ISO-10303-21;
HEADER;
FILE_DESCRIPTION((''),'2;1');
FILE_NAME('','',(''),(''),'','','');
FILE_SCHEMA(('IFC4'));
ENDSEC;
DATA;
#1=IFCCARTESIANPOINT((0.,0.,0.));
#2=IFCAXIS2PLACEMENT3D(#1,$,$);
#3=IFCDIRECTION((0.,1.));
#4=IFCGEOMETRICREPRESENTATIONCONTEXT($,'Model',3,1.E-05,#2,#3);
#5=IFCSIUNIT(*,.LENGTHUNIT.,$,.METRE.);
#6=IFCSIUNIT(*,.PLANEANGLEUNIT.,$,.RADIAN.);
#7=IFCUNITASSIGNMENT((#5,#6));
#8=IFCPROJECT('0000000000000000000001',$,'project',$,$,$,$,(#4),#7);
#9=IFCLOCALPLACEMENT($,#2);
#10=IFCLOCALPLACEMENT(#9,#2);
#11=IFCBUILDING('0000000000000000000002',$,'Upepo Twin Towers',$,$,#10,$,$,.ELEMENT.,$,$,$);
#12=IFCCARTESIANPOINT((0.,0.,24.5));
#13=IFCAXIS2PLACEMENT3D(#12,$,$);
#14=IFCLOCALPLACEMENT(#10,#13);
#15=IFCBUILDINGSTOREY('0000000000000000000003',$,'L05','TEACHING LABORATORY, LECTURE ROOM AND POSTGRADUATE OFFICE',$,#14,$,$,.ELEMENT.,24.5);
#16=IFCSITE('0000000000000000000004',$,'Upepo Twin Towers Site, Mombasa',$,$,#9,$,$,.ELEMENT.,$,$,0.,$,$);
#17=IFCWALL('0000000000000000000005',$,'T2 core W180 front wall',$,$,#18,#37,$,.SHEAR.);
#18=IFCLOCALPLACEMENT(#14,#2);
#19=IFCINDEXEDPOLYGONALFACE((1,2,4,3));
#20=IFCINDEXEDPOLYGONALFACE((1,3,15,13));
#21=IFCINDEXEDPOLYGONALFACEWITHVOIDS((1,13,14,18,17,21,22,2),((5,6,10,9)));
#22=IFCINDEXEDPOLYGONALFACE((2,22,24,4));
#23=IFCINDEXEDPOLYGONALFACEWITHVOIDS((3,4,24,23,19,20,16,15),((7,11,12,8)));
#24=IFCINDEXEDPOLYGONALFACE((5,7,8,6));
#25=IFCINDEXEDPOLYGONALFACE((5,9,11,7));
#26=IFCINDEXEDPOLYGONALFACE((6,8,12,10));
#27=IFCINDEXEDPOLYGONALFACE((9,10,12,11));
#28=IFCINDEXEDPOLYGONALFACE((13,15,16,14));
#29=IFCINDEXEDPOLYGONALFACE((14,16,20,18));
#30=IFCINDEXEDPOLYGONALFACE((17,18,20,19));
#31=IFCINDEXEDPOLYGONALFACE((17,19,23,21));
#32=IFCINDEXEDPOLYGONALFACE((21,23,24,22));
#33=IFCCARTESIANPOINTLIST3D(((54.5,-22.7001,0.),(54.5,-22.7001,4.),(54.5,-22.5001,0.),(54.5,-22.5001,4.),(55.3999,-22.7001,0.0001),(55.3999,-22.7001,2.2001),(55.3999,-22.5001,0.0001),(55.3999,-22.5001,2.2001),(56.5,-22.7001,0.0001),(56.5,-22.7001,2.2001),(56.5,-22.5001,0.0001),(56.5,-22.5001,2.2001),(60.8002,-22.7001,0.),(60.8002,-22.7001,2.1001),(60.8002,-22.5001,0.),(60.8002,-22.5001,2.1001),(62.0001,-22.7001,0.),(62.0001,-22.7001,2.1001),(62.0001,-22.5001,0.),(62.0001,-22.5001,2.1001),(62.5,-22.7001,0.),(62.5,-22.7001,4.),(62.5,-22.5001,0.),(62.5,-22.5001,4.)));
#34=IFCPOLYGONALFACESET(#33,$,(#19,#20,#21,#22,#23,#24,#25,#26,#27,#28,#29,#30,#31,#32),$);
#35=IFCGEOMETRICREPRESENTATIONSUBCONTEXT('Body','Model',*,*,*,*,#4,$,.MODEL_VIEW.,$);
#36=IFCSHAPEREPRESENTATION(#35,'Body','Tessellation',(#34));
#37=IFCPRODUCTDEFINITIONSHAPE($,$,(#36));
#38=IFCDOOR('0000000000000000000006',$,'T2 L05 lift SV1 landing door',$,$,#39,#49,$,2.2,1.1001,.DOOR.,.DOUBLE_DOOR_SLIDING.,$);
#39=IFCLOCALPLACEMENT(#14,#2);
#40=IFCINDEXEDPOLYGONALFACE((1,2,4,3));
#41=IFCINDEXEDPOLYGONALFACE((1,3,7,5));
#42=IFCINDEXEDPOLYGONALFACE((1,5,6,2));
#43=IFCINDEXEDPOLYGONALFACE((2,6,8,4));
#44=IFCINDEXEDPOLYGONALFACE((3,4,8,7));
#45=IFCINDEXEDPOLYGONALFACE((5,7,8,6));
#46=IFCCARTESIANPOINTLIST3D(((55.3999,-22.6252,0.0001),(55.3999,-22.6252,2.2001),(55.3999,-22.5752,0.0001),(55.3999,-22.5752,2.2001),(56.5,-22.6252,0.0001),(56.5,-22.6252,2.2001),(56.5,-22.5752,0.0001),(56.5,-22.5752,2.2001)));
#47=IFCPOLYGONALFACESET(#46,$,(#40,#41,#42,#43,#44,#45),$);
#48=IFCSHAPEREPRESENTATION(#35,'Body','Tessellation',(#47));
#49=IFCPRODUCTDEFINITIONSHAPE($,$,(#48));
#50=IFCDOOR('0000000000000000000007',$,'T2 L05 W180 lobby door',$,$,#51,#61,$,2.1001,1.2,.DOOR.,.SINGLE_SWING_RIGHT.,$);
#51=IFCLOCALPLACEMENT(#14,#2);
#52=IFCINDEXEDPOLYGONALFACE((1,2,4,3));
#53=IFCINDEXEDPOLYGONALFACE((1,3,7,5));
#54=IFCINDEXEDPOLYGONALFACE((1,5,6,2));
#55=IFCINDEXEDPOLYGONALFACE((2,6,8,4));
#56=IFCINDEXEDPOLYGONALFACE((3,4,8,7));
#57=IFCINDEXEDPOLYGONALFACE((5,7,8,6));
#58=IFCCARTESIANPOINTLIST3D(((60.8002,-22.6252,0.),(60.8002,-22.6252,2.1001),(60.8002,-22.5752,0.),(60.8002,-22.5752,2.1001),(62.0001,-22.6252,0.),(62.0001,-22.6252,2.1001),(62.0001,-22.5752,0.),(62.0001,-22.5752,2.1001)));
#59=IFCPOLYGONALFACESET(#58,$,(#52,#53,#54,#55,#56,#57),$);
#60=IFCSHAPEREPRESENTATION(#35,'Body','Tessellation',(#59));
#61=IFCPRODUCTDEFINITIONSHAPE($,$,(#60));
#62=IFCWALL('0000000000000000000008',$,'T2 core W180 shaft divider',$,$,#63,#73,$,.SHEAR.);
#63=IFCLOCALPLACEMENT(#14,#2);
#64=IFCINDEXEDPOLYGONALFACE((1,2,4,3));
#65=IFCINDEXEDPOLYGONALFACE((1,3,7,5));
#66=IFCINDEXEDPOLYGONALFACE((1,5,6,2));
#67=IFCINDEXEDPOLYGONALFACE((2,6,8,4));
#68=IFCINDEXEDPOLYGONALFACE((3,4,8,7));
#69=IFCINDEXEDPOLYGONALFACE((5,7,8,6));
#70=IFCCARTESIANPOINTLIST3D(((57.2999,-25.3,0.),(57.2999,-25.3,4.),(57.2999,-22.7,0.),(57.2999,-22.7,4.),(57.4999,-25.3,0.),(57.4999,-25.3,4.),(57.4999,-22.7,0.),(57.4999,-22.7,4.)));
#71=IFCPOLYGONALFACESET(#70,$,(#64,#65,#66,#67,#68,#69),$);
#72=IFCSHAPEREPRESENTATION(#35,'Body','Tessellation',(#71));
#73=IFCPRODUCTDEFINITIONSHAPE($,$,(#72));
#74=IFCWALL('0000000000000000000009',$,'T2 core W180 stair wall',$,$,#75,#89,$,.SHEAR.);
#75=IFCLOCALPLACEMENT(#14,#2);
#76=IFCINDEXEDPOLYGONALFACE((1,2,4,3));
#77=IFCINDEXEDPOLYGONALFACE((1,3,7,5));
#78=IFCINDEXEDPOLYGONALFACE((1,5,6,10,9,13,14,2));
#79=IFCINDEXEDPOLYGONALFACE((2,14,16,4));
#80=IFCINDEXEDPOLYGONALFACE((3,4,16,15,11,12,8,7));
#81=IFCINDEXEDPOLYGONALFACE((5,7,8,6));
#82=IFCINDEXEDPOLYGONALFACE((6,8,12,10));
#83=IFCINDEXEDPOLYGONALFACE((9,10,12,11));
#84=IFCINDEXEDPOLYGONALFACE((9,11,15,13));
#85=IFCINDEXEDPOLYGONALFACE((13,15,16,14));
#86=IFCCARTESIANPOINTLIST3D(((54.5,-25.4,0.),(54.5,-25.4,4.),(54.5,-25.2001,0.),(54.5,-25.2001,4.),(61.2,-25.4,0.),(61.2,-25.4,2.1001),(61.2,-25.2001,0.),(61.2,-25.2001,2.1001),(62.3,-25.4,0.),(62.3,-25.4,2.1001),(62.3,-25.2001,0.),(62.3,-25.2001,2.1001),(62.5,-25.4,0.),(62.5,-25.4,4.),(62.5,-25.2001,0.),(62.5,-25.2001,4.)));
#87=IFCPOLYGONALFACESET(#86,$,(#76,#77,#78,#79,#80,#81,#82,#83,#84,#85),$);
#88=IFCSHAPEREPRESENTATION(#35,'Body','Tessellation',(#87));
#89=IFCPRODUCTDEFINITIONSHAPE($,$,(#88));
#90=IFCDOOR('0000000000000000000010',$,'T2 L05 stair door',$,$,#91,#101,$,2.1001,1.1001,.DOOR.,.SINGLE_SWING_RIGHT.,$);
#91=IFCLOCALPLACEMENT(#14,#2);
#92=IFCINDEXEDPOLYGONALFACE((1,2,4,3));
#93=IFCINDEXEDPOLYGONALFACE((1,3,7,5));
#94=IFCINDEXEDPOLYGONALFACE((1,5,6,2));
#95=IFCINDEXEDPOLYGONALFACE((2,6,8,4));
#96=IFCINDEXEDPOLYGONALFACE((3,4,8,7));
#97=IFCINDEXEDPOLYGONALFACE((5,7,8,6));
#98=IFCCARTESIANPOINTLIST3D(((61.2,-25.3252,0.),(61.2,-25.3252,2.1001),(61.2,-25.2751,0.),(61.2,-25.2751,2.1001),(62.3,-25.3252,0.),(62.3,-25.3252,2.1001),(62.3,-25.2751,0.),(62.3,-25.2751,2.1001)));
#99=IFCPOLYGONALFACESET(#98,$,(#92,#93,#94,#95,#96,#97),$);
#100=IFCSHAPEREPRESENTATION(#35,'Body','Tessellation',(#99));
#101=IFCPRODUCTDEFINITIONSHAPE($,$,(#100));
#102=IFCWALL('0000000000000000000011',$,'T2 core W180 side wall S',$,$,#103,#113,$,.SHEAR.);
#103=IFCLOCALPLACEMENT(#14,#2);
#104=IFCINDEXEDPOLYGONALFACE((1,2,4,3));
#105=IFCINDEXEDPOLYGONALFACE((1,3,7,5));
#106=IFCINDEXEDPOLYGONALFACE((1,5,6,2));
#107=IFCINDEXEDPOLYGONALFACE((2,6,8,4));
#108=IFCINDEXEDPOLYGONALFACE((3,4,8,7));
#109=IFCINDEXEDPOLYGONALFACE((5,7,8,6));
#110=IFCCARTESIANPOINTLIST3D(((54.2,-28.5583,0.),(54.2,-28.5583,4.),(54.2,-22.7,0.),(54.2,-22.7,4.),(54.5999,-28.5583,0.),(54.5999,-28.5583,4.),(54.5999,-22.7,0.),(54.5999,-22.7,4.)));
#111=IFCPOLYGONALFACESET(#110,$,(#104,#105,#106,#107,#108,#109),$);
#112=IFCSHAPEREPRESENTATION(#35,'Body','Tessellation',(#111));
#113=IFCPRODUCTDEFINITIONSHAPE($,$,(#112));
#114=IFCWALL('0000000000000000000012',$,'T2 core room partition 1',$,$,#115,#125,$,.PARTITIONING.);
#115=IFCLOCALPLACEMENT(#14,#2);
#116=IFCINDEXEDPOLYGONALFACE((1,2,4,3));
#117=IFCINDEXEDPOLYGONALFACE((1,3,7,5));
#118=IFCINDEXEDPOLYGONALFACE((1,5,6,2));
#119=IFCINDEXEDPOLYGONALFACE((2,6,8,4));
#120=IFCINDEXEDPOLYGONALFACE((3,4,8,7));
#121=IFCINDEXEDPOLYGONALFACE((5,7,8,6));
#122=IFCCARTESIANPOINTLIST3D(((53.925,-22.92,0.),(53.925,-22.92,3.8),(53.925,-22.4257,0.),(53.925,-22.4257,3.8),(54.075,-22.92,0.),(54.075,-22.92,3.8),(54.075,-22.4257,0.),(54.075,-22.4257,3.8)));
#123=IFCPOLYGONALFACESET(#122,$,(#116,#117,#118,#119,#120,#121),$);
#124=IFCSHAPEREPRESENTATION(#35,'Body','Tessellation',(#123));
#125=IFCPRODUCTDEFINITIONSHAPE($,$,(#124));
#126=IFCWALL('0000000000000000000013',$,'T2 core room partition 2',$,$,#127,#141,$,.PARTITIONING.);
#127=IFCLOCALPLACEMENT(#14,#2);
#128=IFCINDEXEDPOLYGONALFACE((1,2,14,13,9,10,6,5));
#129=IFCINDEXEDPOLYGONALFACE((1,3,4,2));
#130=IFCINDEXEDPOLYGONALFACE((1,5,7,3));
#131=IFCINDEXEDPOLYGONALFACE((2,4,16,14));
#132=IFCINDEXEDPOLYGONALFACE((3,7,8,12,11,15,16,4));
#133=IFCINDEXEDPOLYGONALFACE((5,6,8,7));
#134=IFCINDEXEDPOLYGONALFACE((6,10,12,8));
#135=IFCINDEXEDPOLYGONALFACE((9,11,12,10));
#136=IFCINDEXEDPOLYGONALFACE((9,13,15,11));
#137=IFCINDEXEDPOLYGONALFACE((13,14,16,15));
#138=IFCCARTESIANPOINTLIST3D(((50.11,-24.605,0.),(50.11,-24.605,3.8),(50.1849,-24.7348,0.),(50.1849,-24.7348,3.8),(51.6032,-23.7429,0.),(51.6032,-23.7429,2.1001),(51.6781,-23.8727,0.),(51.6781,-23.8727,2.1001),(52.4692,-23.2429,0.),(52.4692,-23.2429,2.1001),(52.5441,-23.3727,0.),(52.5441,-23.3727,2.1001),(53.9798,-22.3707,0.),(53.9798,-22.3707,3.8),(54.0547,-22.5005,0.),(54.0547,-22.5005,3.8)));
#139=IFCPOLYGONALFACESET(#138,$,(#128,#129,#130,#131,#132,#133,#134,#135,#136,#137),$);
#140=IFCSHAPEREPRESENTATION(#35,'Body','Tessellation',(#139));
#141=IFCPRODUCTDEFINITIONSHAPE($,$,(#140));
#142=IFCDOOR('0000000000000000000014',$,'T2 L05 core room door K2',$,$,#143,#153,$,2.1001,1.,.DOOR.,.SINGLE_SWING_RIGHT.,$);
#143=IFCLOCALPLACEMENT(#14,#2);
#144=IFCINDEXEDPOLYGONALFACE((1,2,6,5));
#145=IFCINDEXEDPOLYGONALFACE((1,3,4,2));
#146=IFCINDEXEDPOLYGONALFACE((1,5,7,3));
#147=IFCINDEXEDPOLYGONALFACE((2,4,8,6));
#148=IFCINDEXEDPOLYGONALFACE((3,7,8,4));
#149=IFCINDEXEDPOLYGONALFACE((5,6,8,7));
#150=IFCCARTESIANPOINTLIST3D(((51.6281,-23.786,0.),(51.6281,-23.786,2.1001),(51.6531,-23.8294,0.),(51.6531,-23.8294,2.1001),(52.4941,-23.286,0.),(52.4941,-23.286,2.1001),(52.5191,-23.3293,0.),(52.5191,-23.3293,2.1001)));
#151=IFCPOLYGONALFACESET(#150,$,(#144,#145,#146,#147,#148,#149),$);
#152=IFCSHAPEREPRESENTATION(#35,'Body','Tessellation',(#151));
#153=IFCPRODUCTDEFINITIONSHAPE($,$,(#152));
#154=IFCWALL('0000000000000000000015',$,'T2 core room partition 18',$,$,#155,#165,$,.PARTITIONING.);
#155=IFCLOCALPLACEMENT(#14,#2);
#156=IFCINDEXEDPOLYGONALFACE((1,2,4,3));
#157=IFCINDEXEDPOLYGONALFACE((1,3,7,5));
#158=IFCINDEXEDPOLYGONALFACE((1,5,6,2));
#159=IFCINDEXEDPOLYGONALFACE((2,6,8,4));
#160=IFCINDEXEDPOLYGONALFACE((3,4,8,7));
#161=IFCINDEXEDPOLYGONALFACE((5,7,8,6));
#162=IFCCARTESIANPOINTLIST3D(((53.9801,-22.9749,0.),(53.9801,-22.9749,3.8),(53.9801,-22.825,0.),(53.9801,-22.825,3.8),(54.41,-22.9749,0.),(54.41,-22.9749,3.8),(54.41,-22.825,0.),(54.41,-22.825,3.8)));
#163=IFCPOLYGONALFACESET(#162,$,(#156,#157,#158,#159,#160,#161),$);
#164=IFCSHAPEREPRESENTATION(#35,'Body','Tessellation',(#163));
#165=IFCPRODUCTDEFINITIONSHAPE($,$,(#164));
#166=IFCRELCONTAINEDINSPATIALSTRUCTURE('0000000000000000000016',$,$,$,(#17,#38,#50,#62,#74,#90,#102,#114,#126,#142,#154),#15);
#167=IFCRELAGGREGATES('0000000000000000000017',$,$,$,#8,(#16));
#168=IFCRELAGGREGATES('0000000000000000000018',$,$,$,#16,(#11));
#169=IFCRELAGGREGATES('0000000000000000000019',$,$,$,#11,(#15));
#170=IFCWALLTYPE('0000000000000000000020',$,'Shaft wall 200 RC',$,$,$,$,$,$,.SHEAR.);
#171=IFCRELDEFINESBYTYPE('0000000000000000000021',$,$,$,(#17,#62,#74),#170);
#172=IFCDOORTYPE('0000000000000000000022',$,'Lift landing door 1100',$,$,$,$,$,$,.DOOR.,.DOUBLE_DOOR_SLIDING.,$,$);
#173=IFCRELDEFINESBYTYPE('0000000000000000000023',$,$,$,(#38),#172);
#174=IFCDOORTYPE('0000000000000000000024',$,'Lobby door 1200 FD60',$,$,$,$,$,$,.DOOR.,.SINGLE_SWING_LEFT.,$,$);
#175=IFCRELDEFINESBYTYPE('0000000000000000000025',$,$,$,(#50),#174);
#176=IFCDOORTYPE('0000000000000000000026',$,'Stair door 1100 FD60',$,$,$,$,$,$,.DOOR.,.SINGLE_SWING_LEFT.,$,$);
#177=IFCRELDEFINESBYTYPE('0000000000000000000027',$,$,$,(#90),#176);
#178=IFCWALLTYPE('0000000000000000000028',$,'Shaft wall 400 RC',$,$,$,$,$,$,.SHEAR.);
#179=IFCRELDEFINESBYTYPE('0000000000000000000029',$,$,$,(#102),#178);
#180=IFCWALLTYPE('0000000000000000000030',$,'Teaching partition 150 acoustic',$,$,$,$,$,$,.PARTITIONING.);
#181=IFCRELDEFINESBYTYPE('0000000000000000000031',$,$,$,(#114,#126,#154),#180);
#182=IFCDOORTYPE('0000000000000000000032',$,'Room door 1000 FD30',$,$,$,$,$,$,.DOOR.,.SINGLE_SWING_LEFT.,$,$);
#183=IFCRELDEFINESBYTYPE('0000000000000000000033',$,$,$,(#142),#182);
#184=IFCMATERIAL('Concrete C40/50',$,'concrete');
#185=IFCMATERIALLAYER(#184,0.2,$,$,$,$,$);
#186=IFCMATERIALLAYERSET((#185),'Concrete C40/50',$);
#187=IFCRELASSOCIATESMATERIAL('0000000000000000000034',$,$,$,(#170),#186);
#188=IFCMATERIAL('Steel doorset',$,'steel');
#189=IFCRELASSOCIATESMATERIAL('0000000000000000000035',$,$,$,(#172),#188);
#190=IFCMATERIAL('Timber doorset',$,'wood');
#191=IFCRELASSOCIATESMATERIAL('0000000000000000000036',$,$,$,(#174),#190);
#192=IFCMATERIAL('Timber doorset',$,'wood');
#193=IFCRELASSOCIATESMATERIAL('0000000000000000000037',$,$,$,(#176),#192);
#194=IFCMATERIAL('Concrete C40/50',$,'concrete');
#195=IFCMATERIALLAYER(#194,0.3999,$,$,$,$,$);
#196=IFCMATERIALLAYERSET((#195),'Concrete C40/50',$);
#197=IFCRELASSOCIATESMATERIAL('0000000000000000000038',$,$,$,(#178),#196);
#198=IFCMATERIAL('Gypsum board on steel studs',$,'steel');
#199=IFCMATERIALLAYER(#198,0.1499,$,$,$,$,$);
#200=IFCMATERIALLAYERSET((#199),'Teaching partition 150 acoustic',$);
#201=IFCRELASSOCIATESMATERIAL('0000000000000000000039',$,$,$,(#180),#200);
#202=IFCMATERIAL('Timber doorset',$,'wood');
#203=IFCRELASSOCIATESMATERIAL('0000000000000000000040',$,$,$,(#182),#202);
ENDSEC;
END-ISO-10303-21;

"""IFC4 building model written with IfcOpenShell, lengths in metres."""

from ifc_helpers import new_model, si_unit, direction, frame, frame_2d, origin, place, context, subcontext, project, spatial, rectangle, extrude, material, layer, layer_set, type_object, element, fill, save


model = new_model("IFC4")

# Units and contexts
model_context = context("Model", 3, precision=1e-05, world=origin(), true_north=direction((0.0, 1.0)))
body_context = subcontext(model_context, "Body", "Model", "MODEL_VIEW")
ifc_project = project(units=[si_unit("LENGTHUNIT", "METRE"), si_unit("PLANEANGLEUNIT", "RADIAN")], contexts=[model_context])

# Site, building, storey
site_placement = place(None, origin())
site = spatial("IfcSite", under=ifc_project, at=site_placement, Name="Upepo Twin Towers Site, Mombasa", CompositionType="ELEMENT", RefElevation=0.0)
building_placement = place(site_placement, origin())
building = spatial("IfcBuilding", under=site, at=building_placement, Name="Upepo Twin Towers", CompositionType="ELEMENT")
storey_placement = place(building_placement, frame((0.0, 0.0, 24.5)))
storey = spatial("IfcBuildingStorey", under=building, at=storey_placement, Name="L05", Description="TEACHING LABORATORY, LECTURE ROOM AND POSTGRADUATE OFFICE", CompositionType="ELEMENT", Elevation=24.5)

# Wall, openings, doors
ifc_material_1 = material(Name="Concrete C40/50", Category="concrete")
ifc_layer_1 = layer(ifc_material_1, 0.2)
ifc_layer_set_1 = layer_set([ifc_layer_1], Name="Concrete C40/50")
wall_type_1 = type_object("IfcWallType", Name="Shaft wall 200 RC", PredefinedType="SHEAR", material=ifc_layer_set_1)
wall_1_placement = place(storey_placement, frame((54.5, -22.6001, 0.0), z_axis=(0.0, 0.0, 1.0), x_axis=(1.0, 0.0, 0.0)))
wall_1 = element("IfcWall", 1, at=wall_1_placement, inside=storey, type_object=wall_type_1, Name="T2 core W180 front wall", PredefinedType="SHEAR", context=body_context, shape_type="SweptSolid", body=[
    extrude(rectangle(XDim=8.0, YDim=0.2, at=frame_2d((4.0, 0.0))), origin(), (0.0, 0.0, 1.0), 4.0),
])
opening_1_placement = place(wall_1_placement, frame((6.3, 0.0, 0.0)))
opening_1 = element("IfcOpeningElement", 2, at=opening_1_placement, cuts=wall_1, PredefinedType="OPENING", context=body_context, shape_type="SweptSolid", body=[
    extrude(rectangle(XDim=1.2, YDim=2.1001, at=frame_2d((0.6001, 1.05))), frame((0.0, 0.1099, 0.0), z_axis=(0.0, -1.0, 0.0), x_axis=(1.0, 0.0, 0.0)), (0.0, 0.0, 1.0), 0.22),
])
opening_2_placement = place(wall_1_placement, frame((0.8999, 0.0, 0.0)))
opening_2 = element("IfcOpeningElement", 3, at=opening_2_placement, cuts=wall_1, PredefinedType="OPENING", context=body_context, shape_type="SweptSolid", body=[
    extrude(rectangle(XDim=1.1001, YDim=2.2, at=frame_2d((0.55, 1.1001))), frame((0.0, 0.1099, 0.0), z_axis=(0.0, -1.0, 0.0), x_axis=(1.0, 0.0, 0.0)), (0.0, 0.0, 1.0), 0.22),
])
ifc_material_2 = material(Name="Steel doorset", Category="steel")
door_type_1 = type_object("IfcDoorType", Name="Lift landing door 1100", OperationType="DOUBLE_DOOR_SLIDING", PredefinedType="DOOR", material=ifc_material_2)
door_1_placement = place(opening_2_placement, origin())
door_1 = element("IfcDoor", 4, at=door_1_placement, inside=storey, type_object=door_type_1, Name="T2 L05 lift SV1 landing door", OperationType="DOUBLE_DOOR_SLIDING", OverallHeight=2.2, OverallWidth=1.1001, PredefinedType="DOOR", context=body_context, shape_type="SweptSolid", body=[
    extrude(rectangle(XDim=1.1001, YDim=2.2, at=frame_2d((0.55, 1.1001))), frame((0.0, 0.0249, 0.0), z_axis=(0.0, -1.0, 0.0), x_axis=(1.0, 0.0, 0.0)), (0.0, 0.0, 1.0), 0.05),
])
fill(opening_2, door_1)
ifc_material_3 = material(Name="Timber doorset", Category="wood")
door_type_2 = type_object("IfcDoorType", Name="Lobby door 1200 FD60", OperationType="SINGLE_SWING_LEFT", PredefinedType="DOOR", material=ifc_material_3)
door_2_placement = place(opening_1_placement, origin())
door_2 = element("IfcDoor", 5, at=door_2_placement, inside=storey, type_object=door_type_2, Name="T2 L05 W180 lobby door", OperationType="SINGLE_SWING_RIGHT", OverallHeight=2.1001, OverallWidth=1.2, PredefinedType="DOOR", context=body_context, shape_type="SweptSolid", body=[
    extrude(rectangle(XDim=1.2, YDim=2.1001, at=frame_2d((0.6001, 1.05))), frame((0.0, 0.0249, 0.0), z_axis=(0.0, -1.0, 0.0), x_axis=(1.0, 0.0, 0.0)), (0.0, 0.0, 1.0), 0.05),
])
fill(opening_1, door_2)

# Wall
wall_2_placement = place(storey_placement, frame((57.3999, -22.7, 0.0), z_axis=(0.0, 0.0, 1.0), x_axis=(0.0, -1.0, 0.0)))
element("IfcWall", 6, at=wall_2_placement, inside=storey, type_object=wall_type_1, Name="T2 core W180 shaft divider", PredefinedType="SHEAR", context=body_context, shape_type="SweptSolid", body=[
    extrude(rectangle(XDim=2.6001, YDim=0.2, at=frame_2d((1.3, 0.0))), origin(), (0.0, 0.0, 1.0), 4.0),
])

# Wall, opening, door
wall_3_placement = place(storey_placement, frame((54.5, -25.3, 0.0), z_axis=(0.0, 0.0, 1.0), x_axis=(1.0, 0.0, 0.0)))
wall_3 = element("IfcWall", 7, at=wall_3_placement, inside=storey, type_object=wall_type_1, Name="T2 core W180 stair wall", PredefinedType="SHEAR", context=body_context, shape_type="SweptSolid", body=[
    extrude(rectangle(XDim=8.0, YDim=0.2, at=frame_2d((4.0, 0.0))), origin(), (0.0, 0.0, 1.0), 4.0),
])
opening_3_placement = place(wall_3_placement, frame((6.7, 0.0, 0.0)))
opening_3 = element("IfcOpeningElement", 8, at=opening_3_placement, cuts=wall_3, PredefinedType="OPENING", context=body_context, shape_type="SweptSolid", body=[
    extrude(rectangle(XDim=1.1001, YDim=2.1001, at=frame_2d((0.55, 1.05))), frame((0.0, 0.1099, 0.0), z_axis=(0.0, -1.0, 0.0), x_axis=(1.0, 0.0, 0.0)), (0.0, 0.0, 1.0), 0.22),
])
ifc_material_4 = material(Name="Timber doorset", Category="wood")
door_type_3 = type_object("IfcDoorType", Name="Stair door 1100 FD60", OperationType="SINGLE_SWING_LEFT", PredefinedType="DOOR", material=ifc_material_4)
door_3_placement = place(opening_3_placement, origin())
door_3 = element("IfcDoor", 9, at=door_3_placement, inside=storey, type_object=door_type_3, Name="T2 L05 stair door", OperationType="SINGLE_SWING_RIGHT", OverallHeight=2.1001, OverallWidth=1.1001, PredefinedType="DOOR", context=body_context, shape_type="SweptSolid", body=[
    extrude(rectangle(XDim=1.1001, YDim=2.1001, at=frame_2d((0.55, 1.05))), frame((0.0, 0.0249, 0.0), z_axis=(0.0, -1.0, 0.0), x_axis=(1.0, 0.0, 0.0)), (0.0, 0.0, 1.0), 0.05),
])
fill(opening_3, door_3)

# Walls
ifc_material_5 = material(Name="Concrete C40/50", Category="concrete")
ifc_layer_2 = layer(ifc_material_5, 0.3999)
ifc_layer_set_2 = layer_set([ifc_layer_2], Name="Concrete C40/50")
wall_type_2 = type_object("IfcWallType", Name="Shaft wall 400 RC", PredefinedType="SHEAR", material=ifc_layer_set_2)
wall_4_placement = place(storey_placement, frame((54.3999, -22.7, 0.0), z_axis=(0.0, 0.0, 1.0), x_axis=(0.0, -1.0, 0.0)))
element("IfcWall", 10, at=wall_4_placement, inside=storey, type_object=wall_type_2, Name="T2 core W180 side wall S", PredefinedType="SHEAR", context=body_context, shape_type="SweptSolid", body=[
    extrude(rectangle(XDim=5.8584, YDim=0.3999, at=frame_2d((2.9292, 0.0))), origin(), (0.0, 0.0, 1.0), 4.0),
])
ifc_material_6 = material(Name="Gypsum board on steel studs", Category="steel")
ifc_layer_3 = layer(ifc_material_6, 0.1499)
ifc_layer_set_3 = layer_set([ifc_layer_3], Name="Teaching partition 150 acoustic")
wall_type_3 = type_object("IfcWallType", Name="Teaching partition 150 acoustic", PredefinedType="PARTITIONING", material=ifc_layer_set_3)
wall_5_placement = place(storey_placement, frame((54.0, -22.9199, 0.0), z_axis=(0.0, 0.0, 1.0), x_axis=(0.0, 1.0, 0.0)))
element("IfcWall", 11, at=wall_5_placement, inside=storey, type_object=wall_type_3, Name="T2 core room partition 1", PredefinedType="PARTITIONING", context=body_context, shape_type="SweptSolid", body=[
    extrude(rectangle(XDim=0.4944, YDim=0.1499, at=frame_2d((0.2471, 0.0))), origin(), (0.0, 0.0, 1.0), 3.8),
])

# Wall, opening, door
wall_6_placement = place(storey_placement, frame((54.0173, -22.4355, 0.0), z_axis=(0.0, 0.0, 1.0), x_axis=(-0.866015, -0.500017, 0.0)))
wall_6 = element("IfcWall", 12, at=wall_6_placement, inside=storey, type_object=wall_type_3, Name="T2 core room partition 2", PredefinedType="PARTITIONING", context=body_context, shape_type="SweptSolid", body=[
    extrude(rectangle(XDim=4.4685, YDim=0.1499, at=frame_2d((2.2344, 0.0))), origin(), (0.0, 0.0, 1.0), 3.8),
])
opening_4_placement = place(wall_6_placement, frame((1.7444, 0.0, 0.0)))
opening_4 = element("IfcOpeningElement", 13, at=opening_4_placement, cuts=wall_6, PredefinedType="OPENING", context=body_context, shape_type="SweptSolid", body=[
    extrude(rectangle(XDim=1.0, YDim=2.1001, at=frame_2d((0.5, 1.05))), frame((0.0, 0.085, 0.0), z_axis=(0.0, -1.0, 0.0), x_axis=(1.0, 0.0, 0.0)), (0.0, 0.0, 1.0), 0.1699),
])
ifc_material_7 = material(Name="Timber doorset", Category="wood")
door_type_4 = type_object("IfcDoorType", Name="Room door 1000 FD30", OperationType="SINGLE_SWING_LEFT", PredefinedType="DOOR", material=ifc_material_7)
door_4_placement = place(opening_4_placement, origin())
door_4 = element("IfcDoor", 14, at=door_4_placement, inside=storey, type_object=door_type_4, Name="T2 L05 core room door K2", OperationType="SINGLE_SWING_RIGHT", OverallHeight=2.1001, OverallWidth=1.0, PredefinedType="DOOR", context=body_context, shape_type="SweptSolid", body=[
    extrude(rectangle(XDim=1.0, YDim=2.1001, at=frame_2d((0.5, 1.05))), frame((0.0, 0.0249, 0.0), z_axis=(0.0, -1.0, 0.0), x_axis=(1.0, 0.0, 0.0)), (0.0, 0.0, 1.0), 0.05),
])
fill(opening_4, door_4)

# Wall
wall_7_placement = place(storey_placement, frame((54.4099, -22.8999, 0.0), z_axis=(0.0, 0.0, 1.0), x_axis=(-1.0, 0.0, 0.0)))
element("IfcWall", 15, at=wall_7_placement, inside=storey, type_object=wall_type_3, Name="T2 core room partition 18", PredefinedType="PARTITIONING", context=body_context, shape_type="SweptSolid", body=[
    extrude(rectangle(XDim=0.4299, YDim=0.1499, at=frame_2d((0.2148, 0.0))), origin(), (0.0, 0.0, 1.0), 3.8),
])

save(model, "model.ifc")
